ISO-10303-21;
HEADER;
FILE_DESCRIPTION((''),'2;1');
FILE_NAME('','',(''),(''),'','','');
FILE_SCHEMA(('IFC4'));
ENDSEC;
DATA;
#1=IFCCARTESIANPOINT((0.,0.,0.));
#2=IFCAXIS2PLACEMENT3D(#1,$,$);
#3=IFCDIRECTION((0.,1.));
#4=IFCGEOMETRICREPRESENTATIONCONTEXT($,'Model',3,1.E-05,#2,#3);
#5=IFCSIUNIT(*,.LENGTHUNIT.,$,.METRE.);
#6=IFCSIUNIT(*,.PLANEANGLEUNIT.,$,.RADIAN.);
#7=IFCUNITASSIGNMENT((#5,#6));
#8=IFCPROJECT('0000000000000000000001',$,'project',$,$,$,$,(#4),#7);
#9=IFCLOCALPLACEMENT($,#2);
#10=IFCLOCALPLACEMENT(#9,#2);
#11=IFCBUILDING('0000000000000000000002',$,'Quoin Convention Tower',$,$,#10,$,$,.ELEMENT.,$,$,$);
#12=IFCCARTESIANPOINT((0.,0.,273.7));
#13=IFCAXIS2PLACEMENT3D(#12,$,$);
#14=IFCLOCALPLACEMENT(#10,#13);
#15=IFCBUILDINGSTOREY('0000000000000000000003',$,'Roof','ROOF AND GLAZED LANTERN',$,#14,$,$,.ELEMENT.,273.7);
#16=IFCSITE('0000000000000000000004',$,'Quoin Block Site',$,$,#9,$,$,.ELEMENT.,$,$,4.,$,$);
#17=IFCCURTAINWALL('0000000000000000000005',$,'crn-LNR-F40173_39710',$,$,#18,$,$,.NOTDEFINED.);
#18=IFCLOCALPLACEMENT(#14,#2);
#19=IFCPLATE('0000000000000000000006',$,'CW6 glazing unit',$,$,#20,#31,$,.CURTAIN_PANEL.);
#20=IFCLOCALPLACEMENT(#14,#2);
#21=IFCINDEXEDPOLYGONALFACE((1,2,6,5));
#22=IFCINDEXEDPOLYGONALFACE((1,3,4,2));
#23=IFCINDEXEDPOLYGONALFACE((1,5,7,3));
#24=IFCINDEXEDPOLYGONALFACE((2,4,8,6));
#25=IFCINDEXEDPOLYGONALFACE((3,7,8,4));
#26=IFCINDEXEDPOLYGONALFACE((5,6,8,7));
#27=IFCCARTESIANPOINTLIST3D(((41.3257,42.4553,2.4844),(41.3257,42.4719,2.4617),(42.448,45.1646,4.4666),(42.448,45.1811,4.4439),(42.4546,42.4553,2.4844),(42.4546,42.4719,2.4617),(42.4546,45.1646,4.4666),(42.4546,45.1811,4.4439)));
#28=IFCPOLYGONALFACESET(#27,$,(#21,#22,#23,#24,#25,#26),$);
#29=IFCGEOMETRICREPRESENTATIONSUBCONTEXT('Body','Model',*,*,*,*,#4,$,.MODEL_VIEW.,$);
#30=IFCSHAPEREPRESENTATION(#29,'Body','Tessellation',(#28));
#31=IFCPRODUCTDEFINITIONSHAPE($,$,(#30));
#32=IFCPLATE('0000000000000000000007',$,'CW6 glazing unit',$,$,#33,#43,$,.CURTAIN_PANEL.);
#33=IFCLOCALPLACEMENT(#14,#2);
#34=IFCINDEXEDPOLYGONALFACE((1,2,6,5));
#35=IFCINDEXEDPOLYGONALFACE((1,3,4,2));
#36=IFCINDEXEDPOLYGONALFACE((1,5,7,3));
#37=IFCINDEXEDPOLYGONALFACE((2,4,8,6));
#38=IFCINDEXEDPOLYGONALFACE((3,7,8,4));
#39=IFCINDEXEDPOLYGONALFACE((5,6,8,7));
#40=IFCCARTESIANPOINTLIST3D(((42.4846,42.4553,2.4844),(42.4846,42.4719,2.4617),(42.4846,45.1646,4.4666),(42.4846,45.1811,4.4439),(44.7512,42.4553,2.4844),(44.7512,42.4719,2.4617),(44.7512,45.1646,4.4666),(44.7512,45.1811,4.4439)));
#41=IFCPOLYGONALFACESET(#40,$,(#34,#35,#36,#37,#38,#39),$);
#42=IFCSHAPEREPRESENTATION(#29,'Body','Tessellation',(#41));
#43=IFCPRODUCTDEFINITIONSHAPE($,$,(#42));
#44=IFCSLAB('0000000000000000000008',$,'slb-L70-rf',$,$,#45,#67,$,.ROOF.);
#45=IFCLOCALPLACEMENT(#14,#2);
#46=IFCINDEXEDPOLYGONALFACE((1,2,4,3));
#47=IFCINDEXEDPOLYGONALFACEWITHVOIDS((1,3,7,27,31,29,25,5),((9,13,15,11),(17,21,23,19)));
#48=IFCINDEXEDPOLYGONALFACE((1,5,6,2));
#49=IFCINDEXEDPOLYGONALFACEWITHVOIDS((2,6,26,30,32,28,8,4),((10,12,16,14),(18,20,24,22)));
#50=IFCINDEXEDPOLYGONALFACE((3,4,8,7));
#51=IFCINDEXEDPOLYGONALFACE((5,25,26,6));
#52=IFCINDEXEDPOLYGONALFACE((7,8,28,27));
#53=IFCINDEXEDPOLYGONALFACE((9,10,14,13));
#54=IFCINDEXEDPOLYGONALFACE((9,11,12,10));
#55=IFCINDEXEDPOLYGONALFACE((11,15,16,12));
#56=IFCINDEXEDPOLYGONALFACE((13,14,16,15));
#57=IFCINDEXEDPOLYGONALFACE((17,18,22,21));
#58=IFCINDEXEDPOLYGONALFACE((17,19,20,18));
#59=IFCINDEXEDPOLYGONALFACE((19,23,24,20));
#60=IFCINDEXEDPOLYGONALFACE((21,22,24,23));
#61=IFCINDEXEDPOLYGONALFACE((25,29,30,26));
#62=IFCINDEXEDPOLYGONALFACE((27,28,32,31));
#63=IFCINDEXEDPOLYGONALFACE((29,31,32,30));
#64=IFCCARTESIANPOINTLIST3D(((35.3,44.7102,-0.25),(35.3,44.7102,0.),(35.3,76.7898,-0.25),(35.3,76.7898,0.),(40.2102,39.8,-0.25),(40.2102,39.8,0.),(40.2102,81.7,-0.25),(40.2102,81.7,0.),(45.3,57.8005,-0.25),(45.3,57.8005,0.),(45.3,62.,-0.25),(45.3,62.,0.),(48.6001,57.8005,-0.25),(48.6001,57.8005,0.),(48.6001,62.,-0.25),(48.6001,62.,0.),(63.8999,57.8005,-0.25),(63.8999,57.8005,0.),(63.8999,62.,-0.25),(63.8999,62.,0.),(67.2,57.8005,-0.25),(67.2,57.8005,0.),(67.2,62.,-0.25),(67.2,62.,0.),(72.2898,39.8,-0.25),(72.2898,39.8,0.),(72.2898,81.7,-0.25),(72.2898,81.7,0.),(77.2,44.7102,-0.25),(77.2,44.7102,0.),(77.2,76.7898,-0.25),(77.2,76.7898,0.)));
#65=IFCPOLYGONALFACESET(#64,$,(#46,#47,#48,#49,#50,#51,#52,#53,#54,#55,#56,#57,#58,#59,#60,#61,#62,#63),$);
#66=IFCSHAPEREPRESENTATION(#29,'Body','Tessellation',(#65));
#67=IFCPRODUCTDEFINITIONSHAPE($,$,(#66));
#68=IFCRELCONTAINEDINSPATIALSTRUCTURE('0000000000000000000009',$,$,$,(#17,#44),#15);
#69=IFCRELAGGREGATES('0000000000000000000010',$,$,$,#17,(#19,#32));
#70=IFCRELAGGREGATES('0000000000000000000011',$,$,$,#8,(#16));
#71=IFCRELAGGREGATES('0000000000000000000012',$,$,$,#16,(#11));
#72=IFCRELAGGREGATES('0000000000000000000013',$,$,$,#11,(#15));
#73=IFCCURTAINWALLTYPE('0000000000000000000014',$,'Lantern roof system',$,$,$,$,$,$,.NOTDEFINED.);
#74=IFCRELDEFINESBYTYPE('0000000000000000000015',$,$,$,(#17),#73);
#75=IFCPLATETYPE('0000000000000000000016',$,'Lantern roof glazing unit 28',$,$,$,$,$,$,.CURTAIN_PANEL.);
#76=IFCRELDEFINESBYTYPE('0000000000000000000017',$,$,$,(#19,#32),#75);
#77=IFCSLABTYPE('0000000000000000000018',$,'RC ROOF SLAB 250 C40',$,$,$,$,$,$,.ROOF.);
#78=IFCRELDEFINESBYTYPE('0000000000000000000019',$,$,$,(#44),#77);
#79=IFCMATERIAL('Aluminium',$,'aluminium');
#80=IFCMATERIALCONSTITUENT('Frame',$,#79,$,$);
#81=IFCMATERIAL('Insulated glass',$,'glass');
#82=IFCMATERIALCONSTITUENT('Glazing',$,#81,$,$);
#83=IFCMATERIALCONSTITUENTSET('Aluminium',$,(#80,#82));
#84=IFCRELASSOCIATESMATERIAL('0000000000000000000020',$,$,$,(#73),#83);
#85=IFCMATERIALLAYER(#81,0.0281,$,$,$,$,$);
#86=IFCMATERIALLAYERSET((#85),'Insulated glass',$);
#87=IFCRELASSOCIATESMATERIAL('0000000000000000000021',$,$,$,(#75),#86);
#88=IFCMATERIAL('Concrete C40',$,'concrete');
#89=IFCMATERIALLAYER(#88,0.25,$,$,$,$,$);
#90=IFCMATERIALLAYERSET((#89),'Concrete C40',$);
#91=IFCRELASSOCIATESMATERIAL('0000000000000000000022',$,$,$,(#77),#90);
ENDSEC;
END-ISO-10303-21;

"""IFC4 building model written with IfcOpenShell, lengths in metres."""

from ifc_helpers import new_model, si_unit, direction, frame, origin, place, context, subcontext, project, spatial, polyline, outline, extrude, material, layer, layer_set, constituent, constituent_set, type_object, element, aggregate, save


model = new_model("IFC4")

# Units and contexts
model_context = context("Model", 3, precision=1e-05, world=origin(), true_north=direction((0.0, 1.0)))
body_context = subcontext(model_context, "Body", "Model", "MODEL_VIEW")
ifc_project = project(units=[si_unit("LENGTHUNIT", "METRE"), si_unit("PLANEANGLEUNIT", "RADIAN")], contexts=[model_context])

# Site, building, storey
site_placement = place(None, origin())
site = spatial("IfcSite", under=ifc_project, at=site_placement, Name="Quoin Block Site", CompositionType="ELEMENT", RefElevation=4.0)
building_placement = place(site_placement, origin())
building = spatial("IfcBuilding", under=site, at=building_placement, Name="Quoin Convention Tower", CompositionType="ELEMENT")
storey_placement = place(building_placement, frame((0.0, 0.0, 273.7)))
storey = spatial("IfcBuildingStorey", under=building, at=storey_placement, Name="Roof", Description="ROOF AND GLAZED LANTERN", CompositionType="ELEMENT", Elevation=273.7)

# Curtain wall
ifc_material_1 = material(Name="Aluminium", Category="aluminium")
ifc_constituent_1 = constituent(ifc_material_1, Name="Frame")
ifc_material_2 = material(Name="Insulated glass", Category="glass")
ifc_constituent_2 = constituent(ifc_material_2, Name="Glazing")
ifc_constituent_set = constituent_set(constituents=[ifc_constituent_1, ifc_constituent_2], Name="Aluminium")
curtain_wall_type = type_object("IfcCurtainWallType", Name="Lantern roof system", PredefinedType="NOTDEFINED", material=ifc_constituent_set)
curtain_wall_1_placement = place(storey_placement, origin())
curtain_wall_1 = element("IfcCurtainWall", 1, at=curtain_wall_1_placement, inside=storey, type_object=curtain_wall_type, Name="crn-LNR-F40173_39710", PredefinedType="NOTDEFINED")

# Plates
ifc_layer_1 = layer(ifc_material_2, 0.0281)
ifc_layer_set_1 = layer_set([ifc_layer_1], Name="Insulated glass")
plate_type = type_object("IfcPlateType", Name="Lantern roof glazing unit 28", PredefinedType="CURTAIN_PANEL", material=ifc_layer_set_1)
plate_1_placement = place(storey_placement, frame((42.4546, 45.1646, 4.4666), z_axis=(0.0, -0.590474, 0.807057), x_axis=(0.0, -0.807057, -0.590474)))
plate_1 = element("IfcPlate", 2, at=plate_1_placement, type_object=plate_type, Name="CW6 glazing unit", PredefinedType="CURTAIN_PANEL", context=body_context, shape_type="SweptSolid", body=[
    extrude(outline(polyline([(0.0, 0.0), (3.3569, 0.0), (3.3569, -1.1289), (0.0, -0.0066), (0.0, 0.0)])), origin(), (0.0, 0.0, -1.0), 0.0281),
])
plate_2_placement = place(storey_placement, frame((42.4846, 42.4553, 2.4844), z_axis=(0.0, -0.590474, 0.807057), x_axis=(0.0, 0.807057, 0.590474)))
plate_2 = element("IfcPlate", 3, at=plate_2_placement, type_object=plate_type, Name="CW6 glazing unit", PredefinedType="CURTAIN_PANEL", context=body_context, shape_type="SweptSolid", body=[
    extrude(outline(polyline([(0.0, 0.0), (3.3569, 0.0), (3.3569, -2.2666), (0.0, -2.2666), (0.0, 0.0)])), origin(), (0.0, 0.0, -1.0), 0.0281),
])
aggregate(curtain_wall_1, [plate_1, plate_2])

# Slab
ifc_material_3 = material(Name="Concrete C40", Category="concrete")
ifc_layer_2 = layer(ifc_material_3, 0.25)
ifc_layer_set_2 = layer_set([ifc_layer_2], Name="Concrete C40")
slab_type = type_object("IfcSlabType", Name="RC ROOF SLAB 250 C40", PredefinedType="ROOF", material=ifc_layer_set_2)
slab_placement = place(storey_placement, frame((0.0, 0.0, -0.25)))
element("IfcSlab", 4, at=slab_placement, inside=storey, type_object=slab_type, Name="slb-L70-rf", PredefinedType="ROOF", context=body_context, shape_type="SweptSolid", body=[
    extrude(outline(polyline([(40.2102, 39.8), (35.3, 44.7102), (35.3, 76.7898), (40.2102, 81.7), (72.2898, 81.7), (77.2, 76.7898), (77.2, 44.7102), (72.2898, 39.8), (40.2102, 39.8)]), holes=[polyline([(48.6001, 57.8005), (48.6001, 62.0), (45.3, 62.0), (45.3, 57.8005), (48.6001, 57.8005)]), polyline([(67.2, 57.8005), (67.2, 62.0), (63.8999, 62.0), (63.8999, 57.8005), (67.2, 57.8005)])]), origin(), (0.0, 0.0, 1.0), 0.25),
])

save(model, "model.ifc")
